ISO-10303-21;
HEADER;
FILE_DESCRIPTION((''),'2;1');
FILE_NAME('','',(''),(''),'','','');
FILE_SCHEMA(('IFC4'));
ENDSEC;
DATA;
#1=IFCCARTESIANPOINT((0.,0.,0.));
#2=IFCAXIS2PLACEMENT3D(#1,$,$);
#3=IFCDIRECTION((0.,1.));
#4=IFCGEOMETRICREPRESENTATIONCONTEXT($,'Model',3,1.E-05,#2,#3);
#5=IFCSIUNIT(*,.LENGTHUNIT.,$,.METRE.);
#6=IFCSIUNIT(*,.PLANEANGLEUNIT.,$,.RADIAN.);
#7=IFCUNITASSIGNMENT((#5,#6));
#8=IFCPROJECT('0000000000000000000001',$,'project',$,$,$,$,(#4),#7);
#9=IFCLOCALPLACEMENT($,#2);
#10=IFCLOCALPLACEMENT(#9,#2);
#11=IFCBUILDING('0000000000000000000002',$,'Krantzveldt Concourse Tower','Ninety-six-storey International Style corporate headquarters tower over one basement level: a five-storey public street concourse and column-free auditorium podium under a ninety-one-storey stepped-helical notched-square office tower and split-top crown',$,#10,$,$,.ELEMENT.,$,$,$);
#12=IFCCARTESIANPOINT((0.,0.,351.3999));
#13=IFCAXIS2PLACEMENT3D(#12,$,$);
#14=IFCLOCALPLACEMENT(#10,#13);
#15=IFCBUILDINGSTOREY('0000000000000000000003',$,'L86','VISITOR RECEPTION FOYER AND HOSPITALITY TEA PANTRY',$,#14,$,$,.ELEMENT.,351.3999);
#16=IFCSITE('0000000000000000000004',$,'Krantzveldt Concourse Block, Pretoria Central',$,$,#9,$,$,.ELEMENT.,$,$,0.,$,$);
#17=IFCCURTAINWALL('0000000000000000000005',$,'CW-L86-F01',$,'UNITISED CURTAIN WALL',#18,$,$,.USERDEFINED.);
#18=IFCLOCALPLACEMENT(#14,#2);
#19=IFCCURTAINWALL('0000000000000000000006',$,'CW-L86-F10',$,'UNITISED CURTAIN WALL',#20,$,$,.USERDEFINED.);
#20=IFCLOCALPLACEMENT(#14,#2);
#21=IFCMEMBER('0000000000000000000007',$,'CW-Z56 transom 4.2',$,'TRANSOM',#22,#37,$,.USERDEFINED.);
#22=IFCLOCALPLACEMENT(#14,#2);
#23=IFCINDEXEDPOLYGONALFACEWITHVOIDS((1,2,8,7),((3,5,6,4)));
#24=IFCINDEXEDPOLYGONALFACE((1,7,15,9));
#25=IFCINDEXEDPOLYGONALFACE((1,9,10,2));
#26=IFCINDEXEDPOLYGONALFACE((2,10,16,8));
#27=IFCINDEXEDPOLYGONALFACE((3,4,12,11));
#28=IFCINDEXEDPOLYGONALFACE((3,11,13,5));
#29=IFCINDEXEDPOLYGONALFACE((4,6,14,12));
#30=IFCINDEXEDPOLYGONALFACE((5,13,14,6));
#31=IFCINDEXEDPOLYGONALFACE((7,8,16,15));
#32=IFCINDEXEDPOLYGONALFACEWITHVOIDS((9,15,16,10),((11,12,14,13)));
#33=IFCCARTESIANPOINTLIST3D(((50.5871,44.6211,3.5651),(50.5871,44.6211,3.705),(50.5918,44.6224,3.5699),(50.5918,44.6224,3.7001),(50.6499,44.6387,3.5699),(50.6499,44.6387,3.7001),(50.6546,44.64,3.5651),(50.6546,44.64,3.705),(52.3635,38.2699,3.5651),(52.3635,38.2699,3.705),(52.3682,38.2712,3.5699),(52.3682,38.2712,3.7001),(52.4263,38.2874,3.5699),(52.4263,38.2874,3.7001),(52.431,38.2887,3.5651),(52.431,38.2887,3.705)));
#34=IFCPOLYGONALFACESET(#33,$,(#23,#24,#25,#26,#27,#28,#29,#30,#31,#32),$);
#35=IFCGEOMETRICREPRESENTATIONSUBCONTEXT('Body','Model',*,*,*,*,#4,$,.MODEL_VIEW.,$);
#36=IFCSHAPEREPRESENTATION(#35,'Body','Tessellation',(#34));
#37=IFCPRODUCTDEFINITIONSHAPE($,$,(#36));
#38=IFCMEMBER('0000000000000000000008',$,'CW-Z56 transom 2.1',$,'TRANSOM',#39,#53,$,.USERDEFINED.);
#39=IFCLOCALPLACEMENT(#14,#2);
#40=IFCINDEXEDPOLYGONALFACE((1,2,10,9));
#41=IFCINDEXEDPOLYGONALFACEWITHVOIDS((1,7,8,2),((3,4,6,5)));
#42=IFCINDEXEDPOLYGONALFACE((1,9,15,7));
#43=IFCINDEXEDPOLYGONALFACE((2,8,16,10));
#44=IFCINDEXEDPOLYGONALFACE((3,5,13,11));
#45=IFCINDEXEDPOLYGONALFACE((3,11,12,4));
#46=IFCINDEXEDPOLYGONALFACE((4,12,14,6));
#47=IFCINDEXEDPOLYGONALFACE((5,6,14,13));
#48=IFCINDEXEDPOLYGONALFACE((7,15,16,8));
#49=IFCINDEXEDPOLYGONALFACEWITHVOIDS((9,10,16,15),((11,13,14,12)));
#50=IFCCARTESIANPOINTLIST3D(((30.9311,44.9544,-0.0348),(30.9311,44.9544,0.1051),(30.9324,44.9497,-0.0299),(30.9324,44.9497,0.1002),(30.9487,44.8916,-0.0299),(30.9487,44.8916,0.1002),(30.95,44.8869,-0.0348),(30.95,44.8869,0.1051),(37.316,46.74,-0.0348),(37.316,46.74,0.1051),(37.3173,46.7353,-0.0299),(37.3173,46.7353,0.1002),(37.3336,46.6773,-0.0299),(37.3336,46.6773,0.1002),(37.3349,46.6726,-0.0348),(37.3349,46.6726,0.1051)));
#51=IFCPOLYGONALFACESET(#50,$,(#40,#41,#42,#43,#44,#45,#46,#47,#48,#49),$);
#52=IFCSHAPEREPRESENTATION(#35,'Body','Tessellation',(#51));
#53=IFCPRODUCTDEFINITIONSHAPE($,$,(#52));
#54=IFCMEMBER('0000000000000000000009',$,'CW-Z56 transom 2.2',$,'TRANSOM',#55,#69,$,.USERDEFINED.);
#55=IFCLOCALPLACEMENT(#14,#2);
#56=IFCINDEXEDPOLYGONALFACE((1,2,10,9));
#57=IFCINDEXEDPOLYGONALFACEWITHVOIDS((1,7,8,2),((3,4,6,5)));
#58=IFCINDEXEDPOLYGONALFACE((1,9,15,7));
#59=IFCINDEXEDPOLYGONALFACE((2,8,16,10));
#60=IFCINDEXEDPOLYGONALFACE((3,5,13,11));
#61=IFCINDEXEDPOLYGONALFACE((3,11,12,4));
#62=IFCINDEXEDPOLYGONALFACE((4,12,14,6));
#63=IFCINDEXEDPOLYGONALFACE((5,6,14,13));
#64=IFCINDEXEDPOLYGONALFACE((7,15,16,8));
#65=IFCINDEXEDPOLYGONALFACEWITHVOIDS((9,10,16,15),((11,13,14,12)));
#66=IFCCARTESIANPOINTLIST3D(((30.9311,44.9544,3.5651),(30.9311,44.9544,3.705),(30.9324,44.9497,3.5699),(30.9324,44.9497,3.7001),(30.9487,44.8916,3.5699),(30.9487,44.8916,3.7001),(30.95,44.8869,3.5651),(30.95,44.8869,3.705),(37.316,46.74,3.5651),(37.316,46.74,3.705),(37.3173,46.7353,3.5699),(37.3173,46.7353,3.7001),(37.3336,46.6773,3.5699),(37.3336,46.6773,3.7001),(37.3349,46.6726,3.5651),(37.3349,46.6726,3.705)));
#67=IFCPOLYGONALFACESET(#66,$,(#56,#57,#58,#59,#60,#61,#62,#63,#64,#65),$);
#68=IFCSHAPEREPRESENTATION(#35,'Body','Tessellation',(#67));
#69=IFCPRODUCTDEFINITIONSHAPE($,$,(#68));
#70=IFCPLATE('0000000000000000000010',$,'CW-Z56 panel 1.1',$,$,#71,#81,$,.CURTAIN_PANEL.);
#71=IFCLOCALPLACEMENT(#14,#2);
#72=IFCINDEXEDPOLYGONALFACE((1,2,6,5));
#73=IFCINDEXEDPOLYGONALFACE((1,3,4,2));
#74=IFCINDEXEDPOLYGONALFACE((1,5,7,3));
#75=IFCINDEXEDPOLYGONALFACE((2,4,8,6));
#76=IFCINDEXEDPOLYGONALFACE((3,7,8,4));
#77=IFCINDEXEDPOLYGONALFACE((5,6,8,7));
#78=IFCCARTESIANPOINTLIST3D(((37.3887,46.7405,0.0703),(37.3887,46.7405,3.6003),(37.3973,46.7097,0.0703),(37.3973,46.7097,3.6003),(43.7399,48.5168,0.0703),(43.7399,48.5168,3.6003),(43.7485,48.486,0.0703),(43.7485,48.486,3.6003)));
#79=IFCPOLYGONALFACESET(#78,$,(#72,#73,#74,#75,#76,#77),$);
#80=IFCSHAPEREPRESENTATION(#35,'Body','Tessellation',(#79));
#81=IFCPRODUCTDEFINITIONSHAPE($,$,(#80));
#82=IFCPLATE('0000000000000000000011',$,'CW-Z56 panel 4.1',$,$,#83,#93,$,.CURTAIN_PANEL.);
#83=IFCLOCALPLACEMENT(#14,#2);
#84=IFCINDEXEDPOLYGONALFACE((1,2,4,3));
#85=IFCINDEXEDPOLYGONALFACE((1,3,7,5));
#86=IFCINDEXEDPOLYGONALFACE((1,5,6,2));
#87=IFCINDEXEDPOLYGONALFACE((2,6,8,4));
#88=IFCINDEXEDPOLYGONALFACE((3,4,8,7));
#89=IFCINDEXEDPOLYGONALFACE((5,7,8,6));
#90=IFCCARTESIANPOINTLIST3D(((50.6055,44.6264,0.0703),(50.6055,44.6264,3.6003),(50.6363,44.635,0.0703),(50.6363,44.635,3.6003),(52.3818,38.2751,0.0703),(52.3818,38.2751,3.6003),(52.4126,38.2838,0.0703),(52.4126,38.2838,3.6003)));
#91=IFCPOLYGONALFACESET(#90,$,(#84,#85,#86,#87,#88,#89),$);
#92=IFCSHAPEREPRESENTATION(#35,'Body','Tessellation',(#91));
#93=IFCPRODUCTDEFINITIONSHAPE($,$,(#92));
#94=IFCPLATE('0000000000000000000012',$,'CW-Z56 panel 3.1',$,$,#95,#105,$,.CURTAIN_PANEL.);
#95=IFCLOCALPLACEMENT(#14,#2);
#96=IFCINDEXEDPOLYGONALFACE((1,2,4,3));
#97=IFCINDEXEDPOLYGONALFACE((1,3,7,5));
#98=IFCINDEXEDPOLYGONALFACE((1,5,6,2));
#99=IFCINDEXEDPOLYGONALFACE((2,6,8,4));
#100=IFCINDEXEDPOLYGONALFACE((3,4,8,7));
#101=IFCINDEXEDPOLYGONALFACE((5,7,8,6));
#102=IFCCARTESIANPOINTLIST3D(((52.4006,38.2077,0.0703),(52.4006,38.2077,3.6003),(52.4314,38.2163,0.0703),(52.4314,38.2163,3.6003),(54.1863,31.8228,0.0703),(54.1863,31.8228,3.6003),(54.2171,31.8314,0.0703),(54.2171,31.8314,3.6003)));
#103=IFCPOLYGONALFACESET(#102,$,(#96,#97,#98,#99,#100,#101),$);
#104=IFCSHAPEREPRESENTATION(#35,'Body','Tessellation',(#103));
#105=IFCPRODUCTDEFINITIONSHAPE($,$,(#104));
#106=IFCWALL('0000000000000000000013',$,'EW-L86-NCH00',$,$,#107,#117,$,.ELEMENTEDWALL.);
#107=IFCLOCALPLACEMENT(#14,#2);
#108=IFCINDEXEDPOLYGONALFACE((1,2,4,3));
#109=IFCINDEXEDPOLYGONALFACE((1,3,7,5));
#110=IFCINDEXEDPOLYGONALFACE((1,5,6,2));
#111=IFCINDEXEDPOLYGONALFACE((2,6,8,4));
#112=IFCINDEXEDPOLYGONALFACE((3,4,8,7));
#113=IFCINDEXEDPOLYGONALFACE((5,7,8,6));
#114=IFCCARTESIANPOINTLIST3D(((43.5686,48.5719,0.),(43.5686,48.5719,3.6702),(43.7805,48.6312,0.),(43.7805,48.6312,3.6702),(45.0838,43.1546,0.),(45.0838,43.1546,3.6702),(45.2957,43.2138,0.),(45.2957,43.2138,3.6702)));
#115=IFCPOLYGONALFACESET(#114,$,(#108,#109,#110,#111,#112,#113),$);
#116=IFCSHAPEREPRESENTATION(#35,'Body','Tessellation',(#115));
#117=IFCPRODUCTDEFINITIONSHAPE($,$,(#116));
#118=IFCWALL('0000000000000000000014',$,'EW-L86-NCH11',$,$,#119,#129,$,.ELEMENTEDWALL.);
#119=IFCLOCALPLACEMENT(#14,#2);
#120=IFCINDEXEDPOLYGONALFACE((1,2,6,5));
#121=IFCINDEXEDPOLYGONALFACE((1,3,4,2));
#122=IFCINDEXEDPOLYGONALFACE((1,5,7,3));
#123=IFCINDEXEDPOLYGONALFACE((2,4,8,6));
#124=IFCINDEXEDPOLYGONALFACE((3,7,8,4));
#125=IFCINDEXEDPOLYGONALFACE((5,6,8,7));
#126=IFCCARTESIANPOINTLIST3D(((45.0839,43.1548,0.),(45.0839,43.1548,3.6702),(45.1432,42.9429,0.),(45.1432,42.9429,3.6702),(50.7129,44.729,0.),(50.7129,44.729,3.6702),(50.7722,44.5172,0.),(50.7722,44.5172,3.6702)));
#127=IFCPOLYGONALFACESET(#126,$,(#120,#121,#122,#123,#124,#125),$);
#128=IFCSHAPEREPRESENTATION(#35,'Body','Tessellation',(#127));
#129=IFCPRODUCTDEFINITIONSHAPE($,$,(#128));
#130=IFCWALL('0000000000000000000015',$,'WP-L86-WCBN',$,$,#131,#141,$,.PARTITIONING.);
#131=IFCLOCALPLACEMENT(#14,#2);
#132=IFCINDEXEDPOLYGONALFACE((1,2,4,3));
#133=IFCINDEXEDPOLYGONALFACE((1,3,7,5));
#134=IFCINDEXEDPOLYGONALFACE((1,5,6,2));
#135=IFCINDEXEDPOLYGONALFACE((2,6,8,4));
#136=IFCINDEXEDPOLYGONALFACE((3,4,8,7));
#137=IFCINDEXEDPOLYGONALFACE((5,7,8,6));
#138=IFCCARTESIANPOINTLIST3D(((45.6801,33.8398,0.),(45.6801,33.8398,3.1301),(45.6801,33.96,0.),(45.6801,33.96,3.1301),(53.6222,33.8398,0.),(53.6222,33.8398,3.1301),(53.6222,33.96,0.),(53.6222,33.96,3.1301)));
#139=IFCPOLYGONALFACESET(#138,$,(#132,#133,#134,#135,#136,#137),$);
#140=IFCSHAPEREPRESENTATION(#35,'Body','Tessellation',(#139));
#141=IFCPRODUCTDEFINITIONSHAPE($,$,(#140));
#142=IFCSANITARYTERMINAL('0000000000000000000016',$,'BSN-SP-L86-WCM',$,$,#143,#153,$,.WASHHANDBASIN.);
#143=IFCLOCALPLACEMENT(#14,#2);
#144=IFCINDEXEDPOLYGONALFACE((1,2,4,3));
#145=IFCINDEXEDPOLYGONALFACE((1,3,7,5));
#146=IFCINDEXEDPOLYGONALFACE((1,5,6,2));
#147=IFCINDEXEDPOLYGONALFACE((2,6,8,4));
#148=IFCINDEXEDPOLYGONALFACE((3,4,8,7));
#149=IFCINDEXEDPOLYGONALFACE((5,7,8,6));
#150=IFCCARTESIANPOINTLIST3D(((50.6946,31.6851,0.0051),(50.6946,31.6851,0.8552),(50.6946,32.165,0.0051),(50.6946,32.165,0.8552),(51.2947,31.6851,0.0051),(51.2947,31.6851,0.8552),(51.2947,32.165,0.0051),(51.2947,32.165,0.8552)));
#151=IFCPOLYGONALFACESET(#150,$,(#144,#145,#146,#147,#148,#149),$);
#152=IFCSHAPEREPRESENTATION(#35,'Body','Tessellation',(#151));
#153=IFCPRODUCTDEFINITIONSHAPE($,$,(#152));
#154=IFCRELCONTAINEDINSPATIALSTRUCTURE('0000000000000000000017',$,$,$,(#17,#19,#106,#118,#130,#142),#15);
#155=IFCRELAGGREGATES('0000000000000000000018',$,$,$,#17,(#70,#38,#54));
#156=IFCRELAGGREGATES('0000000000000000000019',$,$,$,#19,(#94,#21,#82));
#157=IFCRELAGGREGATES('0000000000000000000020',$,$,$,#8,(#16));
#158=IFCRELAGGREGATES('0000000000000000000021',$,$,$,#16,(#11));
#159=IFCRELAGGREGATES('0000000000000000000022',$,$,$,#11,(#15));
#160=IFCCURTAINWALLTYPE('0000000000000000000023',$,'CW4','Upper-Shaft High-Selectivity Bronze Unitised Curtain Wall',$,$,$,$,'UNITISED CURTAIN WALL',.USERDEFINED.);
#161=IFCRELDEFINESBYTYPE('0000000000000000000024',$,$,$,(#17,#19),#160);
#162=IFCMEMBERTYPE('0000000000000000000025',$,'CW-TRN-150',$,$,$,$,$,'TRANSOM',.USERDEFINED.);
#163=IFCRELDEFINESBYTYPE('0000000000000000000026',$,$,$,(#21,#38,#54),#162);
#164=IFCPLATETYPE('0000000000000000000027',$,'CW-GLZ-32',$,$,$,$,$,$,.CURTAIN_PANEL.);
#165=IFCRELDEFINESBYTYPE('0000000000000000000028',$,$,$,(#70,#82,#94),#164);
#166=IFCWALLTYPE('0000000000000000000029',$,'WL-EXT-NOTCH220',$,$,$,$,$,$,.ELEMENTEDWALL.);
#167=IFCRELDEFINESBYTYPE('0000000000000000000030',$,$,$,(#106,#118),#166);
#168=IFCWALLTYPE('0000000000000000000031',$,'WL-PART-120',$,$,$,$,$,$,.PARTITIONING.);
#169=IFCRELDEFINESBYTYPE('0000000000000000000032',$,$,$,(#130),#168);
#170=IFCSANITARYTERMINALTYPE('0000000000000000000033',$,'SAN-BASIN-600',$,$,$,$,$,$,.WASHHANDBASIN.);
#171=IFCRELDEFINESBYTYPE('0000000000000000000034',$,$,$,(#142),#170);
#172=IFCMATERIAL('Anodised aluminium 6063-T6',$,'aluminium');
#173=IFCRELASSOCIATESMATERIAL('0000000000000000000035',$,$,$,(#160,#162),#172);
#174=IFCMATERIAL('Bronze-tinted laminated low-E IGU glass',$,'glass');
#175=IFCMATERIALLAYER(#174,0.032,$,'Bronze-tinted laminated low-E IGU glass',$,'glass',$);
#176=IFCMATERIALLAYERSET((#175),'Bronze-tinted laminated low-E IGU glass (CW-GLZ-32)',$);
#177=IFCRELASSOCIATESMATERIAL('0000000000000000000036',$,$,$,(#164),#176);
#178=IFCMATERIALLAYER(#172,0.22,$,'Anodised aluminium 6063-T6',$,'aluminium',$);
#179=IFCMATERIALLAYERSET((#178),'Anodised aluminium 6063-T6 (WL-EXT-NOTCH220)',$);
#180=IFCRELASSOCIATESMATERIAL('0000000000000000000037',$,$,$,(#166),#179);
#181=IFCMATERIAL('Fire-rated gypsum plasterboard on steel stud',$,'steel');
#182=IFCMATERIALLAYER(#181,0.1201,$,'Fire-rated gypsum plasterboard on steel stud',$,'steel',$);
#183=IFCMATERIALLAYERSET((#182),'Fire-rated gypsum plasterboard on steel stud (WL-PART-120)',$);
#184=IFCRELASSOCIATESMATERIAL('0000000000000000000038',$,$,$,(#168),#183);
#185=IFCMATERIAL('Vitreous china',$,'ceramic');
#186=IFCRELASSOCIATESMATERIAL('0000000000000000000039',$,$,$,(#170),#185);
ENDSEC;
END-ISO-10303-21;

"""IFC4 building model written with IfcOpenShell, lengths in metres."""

from ifc_helpers import new_model, si_unit, direction, frame, frame_2d, origin, origin_2d, place, context, subcontext, project, spatial, rectangle, hollow_rectangle, extrude, source, transform, mapped, material, layer, layer_set, material_profile, profile_set, type_object, type_shapes, element, aggregate, save


model = new_model("IFC4")

# Units and contexts
model_context = context("Model", 3, precision=1e-05, world=origin(), true_north=direction((0.0, 1.0)))
body_context = subcontext(model_context, "Body", "Model", "MODEL_VIEW")
ifc_project = project(units=[si_unit("LENGTHUNIT", "METRE"), si_unit("PLANEANGLEUNIT", "RADIAN")], contexts=[model_context])

# Site, building, storey
site_placement = place(None, origin())
site = spatial("IfcSite", under=ifc_project, at=site_placement, Name="Krantzveldt Concourse Block, Pretoria Central", CompositionType="ELEMENT", RefElevation=0.0)
building_placement = place(site_placement, origin())
building = spatial("IfcBuilding", under=site, at=building_placement, Name="Krantzveldt Concourse Tower", Description="Ninety-six-storey International Style corporate headquarters tower over one basement level: a five-storey public street concourse and column-free auditorium podium under a ninety-one-storey stepped-helical notched-square office tower and split-top crown", CompositionType="ELEMENT")
storey_placement = place(building_placement, frame((0.0, 0.0, 351.3999)))
storey = spatial("IfcBuildingStorey", under=building, at=storey_placement, Name="L86", Description="VISITOR RECEPTION FOYER AND HOSPITALITY TEA PANTRY", CompositionType="ELEMENT", Elevation=351.3999)

# Curtain walls
ifc_material_1 = material(Name="Anodised aluminium 6063-T6", Category="aluminium")
curtain_wall_type = type_object("IfcCurtainWallType", Name="CW4", Description="Upper-Shaft High-Selectivity Bronze Unitised Curtain Wall", ElementType="UNITISED CURTAIN WALL", PredefinedType="USERDEFINED", material=ifc_material_1)
curtain_wall_1_placement = place(storey_placement, origin())
curtain_wall_1 = element("IfcCurtainWall", 1, at=curtain_wall_1_placement, inside=storey, type_object=curtain_wall_type, Name="CW-L86-F01", ObjectType="UNITISED CURTAIN WALL", PredefinedType="USERDEFINED")
curtain_wall_2_placement = place(storey_placement, origin())
curtain_wall_2 = element("IfcCurtainWall", 2, at=curtain_wall_2_placement, inside=storey, type_object=curtain_wall_type, Name="CW-L86-F10", ObjectType="UNITISED CURTAIN WALL", PredefinedType="USERDEFINED")

# Members
ifc_material_profile_1 = material_profile(ifc_material_1, hollow_rectangle(XDim=0.0701, YDim=0.1399, WallThickness=0.0049, at=origin_2d()), Name="Anodised aluminium 6063-T6", Category="aluminium")
ifc_profile_set_1 = profile_set([ifc_material_profile_1], Name="Anodised aluminium 6063-T6 - ALU-TRAN 140x70x5")
member_type_1 = type_object("IfcMemberType", Name="CW-TRN-150", ElementType="TRANSOM", PredefinedType="USERDEFINED", material=ifc_profile_set_1)
shared_shape_1 = source(origin(), body_context, "Body", "SweptSolid", [
    extrude(hollow_rectangle(XDim=0.0701, YDim=0.1399, WallThickness=0.0049, at=origin_2d()), origin(), (0.0, 0.0, 1.0), 6.595),
])
member_1_placement = place(storey_placement, frame((52.3972, 38.2793, 3.635), z_axis=(-0.269348, 0.963043, 0.0), x_axis=(-0.963043, -0.269348, 0.0)))
member_1 = element("IfcMember", 3, at=member_1_placement, type_object=member_type_1, Name="CW-Z56 transom 4.2", ObjectType="TRANSOM", PredefinedType="USERDEFINED", context=body_context, shape_type="MappedRepresentation", body=[
    mapped(shared_shape_1, transform((0.0, 0.0, 0.0), x_axis=(1.0, 0.0, 0.0), y_axis=(0.0, 1.0, 0.0), z_axis=(0.0, 0.0, 1.0), scale=1.0)),
])
shared_shape_2 = source(origin(), body_context, "Body", "SweptSolid", [
    extrude(hollow_rectangle(XDim=0.0701, YDim=0.1399, WallThickness=0.0049, at=origin_2d()), origin(), (0.0, 0.0, 1.0), 6.6299),
])
type_shapes(member_type_1, [shared_shape_1, shared_shape_2])
member_2_placement = place(storey_placement, frame((37.3254, 46.7063, 0.0352), z_axis=(-0.963048, -0.269328, 0.0), x_axis=(0.269328, -0.963048, 0.0)))
member_2 = element("IfcMember", 4, at=member_2_placement, type_object=member_type_1, Name="CW-Z56 transom 2.1", ObjectType="TRANSOM", PredefinedType="USERDEFINED", context=body_context, shape_type="MappedRepresentation", body=[
    mapped(shared_shape_2, transform((0.0, 0.0, 0.0), x_axis=(1.0, 0.0, 0.0), y_axis=(0.0, 1.0, 0.0), z_axis=(0.0, 0.0, 1.0), scale=1.0)),
])
member_3_placement = place(storey_placement, frame((37.3254, 46.7063, 3.635), z_axis=(-0.963048, -0.269328, 0.0), x_axis=(0.269328, -0.963048, 0.0)))
member_3 = element("IfcMember", 5, at=member_3_placement, type_object=member_type_1, Name="CW-Z56 transom 2.2", ObjectType="TRANSOM", PredefinedType="USERDEFINED", context=body_context, shape_type="MappedRepresentation", body=[
    mapped(shared_shape_2, transform((0.0, 0.0, 0.0), x_axis=(1.0, 0.0, 0.0), y_axis=(0.0, 1.0, 0.0), z_axis=(0.0, 0.0, 1.0), scale=1.0)),
])

# Plates
ifc_material_2 = material(Name="Bronze-tinted laminated low-E IGU glass", Category="glass")
ifc_layer_1 = layer(ifc_material_2, 0.032, Name="Bronze-tinted laminated low-E IGU glass", Category="glass")
ifc_layer_set_1 = layer_set([ifc_layer_1], Name="Bronze-tinted laminated low-E IGU glass (CW-GLZ-32)")
plate_type = type_object("IfcPlateType", Name="CW-GLZ-32", PredefinedType="CURTAIN_PANEL", material=ifc_layer_set_1)
shared_shape_3 = source(origin(), body_context, "Body", "SweptSolid", [
    extrude(rectangle(XDim=6.595, YDim=0.032, at=origin_2d()), origin(), (0.0, 0.0, 1.0), 3.53),
])
plate_1_placement = place(storey_placement, frame((40.5686, 47.6133, 0.0703), z_axis=(0.0, 0.0, 1.0), x_axis=(-0.963045, -0.26934, 0.0)))
plate_1 = element("IfcPlate", 6, at=plate_1_placement, type_object=plate_type, Name="CW-Z56 panel 1.1", PredefinedType="CURTAIN_PANEL", context=body_context, shape_type="MappedRepresentation", body=[
    mapped(shared_shape_3, transform((0.0, 0.0, 0.0), x_axis=(1.0, 0.0, 0.0), y_axis=(0.0, 1.0, 0.0), z_axis=(0.0, 0.0, 1.0), scale=1.0)),
])
aggregate(curtain_wall_1, [plate_1, member_2, member_3])
plate_2_placement = place(storey_placement, frame((51.509, 41.4551, 0.0703), z_axis=(0.0, 0.0, 1.0), x_axis=(-0.26934, 0.963045, 0.0)))
plate_2 = element("IfcPlate", 7, at=plate_2_placement, type_object=plate_type, Name="CW-Z56 panel 4.1", PredefinedType="CURTAIN_PANEL", context=body_context, shape_type="MappedRepresentation", body=[
    mapped(shared_shape_3, transform((0.0, 0.0, 0.0), x_axis=(1.0, 0.0, 0.0), y_axis=(0.0, 1.0, 0.0), z_axis=(0.0, 0.0, 1.0), scale=1.0)),
])
shared_shape_4 = source(origin(), body_context, "Body", "SweptSolid", [
    extrude(rectangle(XDim=6.6299, YDim=0.032, at=origin_2d()), origin(), (0.0, 0.0, 1.0), 3.53),
])
type_shapes(plate_type, [shared_shape_3, shared_shape_4])
plate_3_placement = place(storey_placement, frame((53.3088, 35.0195, 0.0703), z_axis=(0.0, 0.0, 1.0), x_axis=(-0.26934, 0.963045, 0.0)))
plate_3 = element("IfcPlate", 8, at=plate_3_placement, type_object=plate_type, Name="CW-Z56 panel 3.1", PredefinedType="CURTAIN_PANEL", context=body_context, shape_type="MappedRepresentation", body=[
    mapped(shared_shape_4, transform((0.0, 0.0, 0.0), x_axis=(1.0, 0.0, 0.0), y_axis=(0.0, 1.0, 0.0), z_axis=(0.0, 0.0, 1.0), scale=1.0)),
])
aggregate(curtain_wall_2, [plate_3, member_1, plate_2])

# Walls
ifc_layer_2 = layer(ifc_material_1, 0.22, Name="Anodised aluminium 6063-T6", Category="aluminium")
ifc_layer_set_2 = layer_set([ifc_layer_2], Name="Anodised aluminium 6063-T6 (WL-EXT-NOTCH220)")
wall_type_1 = type_object("IfcWallType", Name="WL-EXT-NOTCH220", PredefinedType="ELEMENTEDWALL", material=ifc_layer_set_2)
wall_1_placement = place(storey_placement, frame((45.1897, 43.1843, 0.0), z_axis=(0.0, 0.0, 1.0), x_axis=(-0.269351, 0.963042, 0.0)))
element("IfcWall", 9, at=wall_1_placement, inside=storey, type_object=wall_type_1, Name="EW-L86-NCH00", PredefinedType="ELEMENTEDWALL", context=body_context, shape_type="SweptSolid", body=[
    extrude(rectangle(XDim=5.6252, YDim=0.22, at=frame_2d((2.8125, 0.0))), origin(), (0.0, 0.0, 1.0), 3.6702),
])
wall_2_placement = place(storey_placement, frame((50.7424, 44.623, 0.0), z_axis=(0.0, 0.0, 1.0), x_axis=(-0.963047, -0.269332, 0.0)))
element("IfcWall", 10, at=wall_2_placement, inside=storey, type_object=wall_type_1, Name="EW-L86-NCH11", PredefinedType="ELEMENTEDWALL", context=body_context, shape_type="SweptSolid", body=[
    extrude(rectangle(XDim=5.845, YDim=0.22, at=frame_2d((2.9224, 0.0))), origin(), (0.0, 0.0, 1.0), 3.6702),
])
ifc_material_3 = material(Name="Fire-rated gypsum plasterboard on steel stud", Category="steel")
ifc_layer_3 = layer(ifc_material_3, 0.1201, Name="Fire-rated gypsum plasterboard on steel stud", Category="steel")
ifc_layer_set_3 = layer_set([ifc_layer_3], Name="Fire-rated gypsum plasterboard on steel stud (WL-PART-120)")
wall_type_2 = type_object("IfcWallType", Name="WL-PART-120", PredefinedType="PARTITIONING", material=ifc_layer_set_3)
wall_3_placement = place(storey_placement, frame((45.6799, 33.8999, 0.0), z_axis=(0.0, 0.0, 1.0), x_axis=(1.0, 0.0, 0.0)))
element("IfcWall", 11, at=wall_3_placement, inside=storey, type_object=wall_type_2, Name="WP-L86-WCBN", PredefinedType="PARTITIONING", context=body_context, shape_type="SweptSolid", body=[
    extrude(rectangle(XDim=7.9421, YDim=0.1201, at=frame_2d((3.9712, 0.0))), origin(), (0.0, 0.0, 1.0), 3.1301),
])

# Sanitary terminal
ifc_material_4 = material(Name="Vitreous china", Category="ceramic")
sanitary_terminal_type = type_object("IfcSanitaryTerminalType", Name="SAN-BASIN-600", PredefinedType="WASHHANDBASIN", material=ifc_material_4)
shared_shape_5 = source(origin(), body_context, "Body", "SweptSolid", [
    extrude(rectangle(XDim=0.6001, YDim=0.48, at=origin_2d()), origin(), (0.0, 0.0, 1.0), 0.8501),
])
type_shapes(sanitary_terminal_type, [shared_shape_5])
sanitary_terminal_placement = place(storey_placement, frame((50.9946, 31.925, 0.0051), z_axis=(0.0, 0.0, 1.0), x_axis=(1.0, 0.0, 0.0)))
element("IfcSanitaryTerminal", 12, at=sanitary_terminal_placement, inside=storey, type_object=sanitary_terminal_type, Name="BSN-SP-L86-WCM", PredefinedType="WASHHANDBASIN", context=body_context, shape_type="MappedRepresentation", body=[
    mapped(shared_shape_5, transform((0.0, 0.0, 0.0), x_axis=(1.0, 0.0, 0.0), y_axis=(0.0, 1.0, 0.0), z_axis=(0.0, 0.0, 1.0), scale=1.0)),
])

save(model, "model.ifc")
